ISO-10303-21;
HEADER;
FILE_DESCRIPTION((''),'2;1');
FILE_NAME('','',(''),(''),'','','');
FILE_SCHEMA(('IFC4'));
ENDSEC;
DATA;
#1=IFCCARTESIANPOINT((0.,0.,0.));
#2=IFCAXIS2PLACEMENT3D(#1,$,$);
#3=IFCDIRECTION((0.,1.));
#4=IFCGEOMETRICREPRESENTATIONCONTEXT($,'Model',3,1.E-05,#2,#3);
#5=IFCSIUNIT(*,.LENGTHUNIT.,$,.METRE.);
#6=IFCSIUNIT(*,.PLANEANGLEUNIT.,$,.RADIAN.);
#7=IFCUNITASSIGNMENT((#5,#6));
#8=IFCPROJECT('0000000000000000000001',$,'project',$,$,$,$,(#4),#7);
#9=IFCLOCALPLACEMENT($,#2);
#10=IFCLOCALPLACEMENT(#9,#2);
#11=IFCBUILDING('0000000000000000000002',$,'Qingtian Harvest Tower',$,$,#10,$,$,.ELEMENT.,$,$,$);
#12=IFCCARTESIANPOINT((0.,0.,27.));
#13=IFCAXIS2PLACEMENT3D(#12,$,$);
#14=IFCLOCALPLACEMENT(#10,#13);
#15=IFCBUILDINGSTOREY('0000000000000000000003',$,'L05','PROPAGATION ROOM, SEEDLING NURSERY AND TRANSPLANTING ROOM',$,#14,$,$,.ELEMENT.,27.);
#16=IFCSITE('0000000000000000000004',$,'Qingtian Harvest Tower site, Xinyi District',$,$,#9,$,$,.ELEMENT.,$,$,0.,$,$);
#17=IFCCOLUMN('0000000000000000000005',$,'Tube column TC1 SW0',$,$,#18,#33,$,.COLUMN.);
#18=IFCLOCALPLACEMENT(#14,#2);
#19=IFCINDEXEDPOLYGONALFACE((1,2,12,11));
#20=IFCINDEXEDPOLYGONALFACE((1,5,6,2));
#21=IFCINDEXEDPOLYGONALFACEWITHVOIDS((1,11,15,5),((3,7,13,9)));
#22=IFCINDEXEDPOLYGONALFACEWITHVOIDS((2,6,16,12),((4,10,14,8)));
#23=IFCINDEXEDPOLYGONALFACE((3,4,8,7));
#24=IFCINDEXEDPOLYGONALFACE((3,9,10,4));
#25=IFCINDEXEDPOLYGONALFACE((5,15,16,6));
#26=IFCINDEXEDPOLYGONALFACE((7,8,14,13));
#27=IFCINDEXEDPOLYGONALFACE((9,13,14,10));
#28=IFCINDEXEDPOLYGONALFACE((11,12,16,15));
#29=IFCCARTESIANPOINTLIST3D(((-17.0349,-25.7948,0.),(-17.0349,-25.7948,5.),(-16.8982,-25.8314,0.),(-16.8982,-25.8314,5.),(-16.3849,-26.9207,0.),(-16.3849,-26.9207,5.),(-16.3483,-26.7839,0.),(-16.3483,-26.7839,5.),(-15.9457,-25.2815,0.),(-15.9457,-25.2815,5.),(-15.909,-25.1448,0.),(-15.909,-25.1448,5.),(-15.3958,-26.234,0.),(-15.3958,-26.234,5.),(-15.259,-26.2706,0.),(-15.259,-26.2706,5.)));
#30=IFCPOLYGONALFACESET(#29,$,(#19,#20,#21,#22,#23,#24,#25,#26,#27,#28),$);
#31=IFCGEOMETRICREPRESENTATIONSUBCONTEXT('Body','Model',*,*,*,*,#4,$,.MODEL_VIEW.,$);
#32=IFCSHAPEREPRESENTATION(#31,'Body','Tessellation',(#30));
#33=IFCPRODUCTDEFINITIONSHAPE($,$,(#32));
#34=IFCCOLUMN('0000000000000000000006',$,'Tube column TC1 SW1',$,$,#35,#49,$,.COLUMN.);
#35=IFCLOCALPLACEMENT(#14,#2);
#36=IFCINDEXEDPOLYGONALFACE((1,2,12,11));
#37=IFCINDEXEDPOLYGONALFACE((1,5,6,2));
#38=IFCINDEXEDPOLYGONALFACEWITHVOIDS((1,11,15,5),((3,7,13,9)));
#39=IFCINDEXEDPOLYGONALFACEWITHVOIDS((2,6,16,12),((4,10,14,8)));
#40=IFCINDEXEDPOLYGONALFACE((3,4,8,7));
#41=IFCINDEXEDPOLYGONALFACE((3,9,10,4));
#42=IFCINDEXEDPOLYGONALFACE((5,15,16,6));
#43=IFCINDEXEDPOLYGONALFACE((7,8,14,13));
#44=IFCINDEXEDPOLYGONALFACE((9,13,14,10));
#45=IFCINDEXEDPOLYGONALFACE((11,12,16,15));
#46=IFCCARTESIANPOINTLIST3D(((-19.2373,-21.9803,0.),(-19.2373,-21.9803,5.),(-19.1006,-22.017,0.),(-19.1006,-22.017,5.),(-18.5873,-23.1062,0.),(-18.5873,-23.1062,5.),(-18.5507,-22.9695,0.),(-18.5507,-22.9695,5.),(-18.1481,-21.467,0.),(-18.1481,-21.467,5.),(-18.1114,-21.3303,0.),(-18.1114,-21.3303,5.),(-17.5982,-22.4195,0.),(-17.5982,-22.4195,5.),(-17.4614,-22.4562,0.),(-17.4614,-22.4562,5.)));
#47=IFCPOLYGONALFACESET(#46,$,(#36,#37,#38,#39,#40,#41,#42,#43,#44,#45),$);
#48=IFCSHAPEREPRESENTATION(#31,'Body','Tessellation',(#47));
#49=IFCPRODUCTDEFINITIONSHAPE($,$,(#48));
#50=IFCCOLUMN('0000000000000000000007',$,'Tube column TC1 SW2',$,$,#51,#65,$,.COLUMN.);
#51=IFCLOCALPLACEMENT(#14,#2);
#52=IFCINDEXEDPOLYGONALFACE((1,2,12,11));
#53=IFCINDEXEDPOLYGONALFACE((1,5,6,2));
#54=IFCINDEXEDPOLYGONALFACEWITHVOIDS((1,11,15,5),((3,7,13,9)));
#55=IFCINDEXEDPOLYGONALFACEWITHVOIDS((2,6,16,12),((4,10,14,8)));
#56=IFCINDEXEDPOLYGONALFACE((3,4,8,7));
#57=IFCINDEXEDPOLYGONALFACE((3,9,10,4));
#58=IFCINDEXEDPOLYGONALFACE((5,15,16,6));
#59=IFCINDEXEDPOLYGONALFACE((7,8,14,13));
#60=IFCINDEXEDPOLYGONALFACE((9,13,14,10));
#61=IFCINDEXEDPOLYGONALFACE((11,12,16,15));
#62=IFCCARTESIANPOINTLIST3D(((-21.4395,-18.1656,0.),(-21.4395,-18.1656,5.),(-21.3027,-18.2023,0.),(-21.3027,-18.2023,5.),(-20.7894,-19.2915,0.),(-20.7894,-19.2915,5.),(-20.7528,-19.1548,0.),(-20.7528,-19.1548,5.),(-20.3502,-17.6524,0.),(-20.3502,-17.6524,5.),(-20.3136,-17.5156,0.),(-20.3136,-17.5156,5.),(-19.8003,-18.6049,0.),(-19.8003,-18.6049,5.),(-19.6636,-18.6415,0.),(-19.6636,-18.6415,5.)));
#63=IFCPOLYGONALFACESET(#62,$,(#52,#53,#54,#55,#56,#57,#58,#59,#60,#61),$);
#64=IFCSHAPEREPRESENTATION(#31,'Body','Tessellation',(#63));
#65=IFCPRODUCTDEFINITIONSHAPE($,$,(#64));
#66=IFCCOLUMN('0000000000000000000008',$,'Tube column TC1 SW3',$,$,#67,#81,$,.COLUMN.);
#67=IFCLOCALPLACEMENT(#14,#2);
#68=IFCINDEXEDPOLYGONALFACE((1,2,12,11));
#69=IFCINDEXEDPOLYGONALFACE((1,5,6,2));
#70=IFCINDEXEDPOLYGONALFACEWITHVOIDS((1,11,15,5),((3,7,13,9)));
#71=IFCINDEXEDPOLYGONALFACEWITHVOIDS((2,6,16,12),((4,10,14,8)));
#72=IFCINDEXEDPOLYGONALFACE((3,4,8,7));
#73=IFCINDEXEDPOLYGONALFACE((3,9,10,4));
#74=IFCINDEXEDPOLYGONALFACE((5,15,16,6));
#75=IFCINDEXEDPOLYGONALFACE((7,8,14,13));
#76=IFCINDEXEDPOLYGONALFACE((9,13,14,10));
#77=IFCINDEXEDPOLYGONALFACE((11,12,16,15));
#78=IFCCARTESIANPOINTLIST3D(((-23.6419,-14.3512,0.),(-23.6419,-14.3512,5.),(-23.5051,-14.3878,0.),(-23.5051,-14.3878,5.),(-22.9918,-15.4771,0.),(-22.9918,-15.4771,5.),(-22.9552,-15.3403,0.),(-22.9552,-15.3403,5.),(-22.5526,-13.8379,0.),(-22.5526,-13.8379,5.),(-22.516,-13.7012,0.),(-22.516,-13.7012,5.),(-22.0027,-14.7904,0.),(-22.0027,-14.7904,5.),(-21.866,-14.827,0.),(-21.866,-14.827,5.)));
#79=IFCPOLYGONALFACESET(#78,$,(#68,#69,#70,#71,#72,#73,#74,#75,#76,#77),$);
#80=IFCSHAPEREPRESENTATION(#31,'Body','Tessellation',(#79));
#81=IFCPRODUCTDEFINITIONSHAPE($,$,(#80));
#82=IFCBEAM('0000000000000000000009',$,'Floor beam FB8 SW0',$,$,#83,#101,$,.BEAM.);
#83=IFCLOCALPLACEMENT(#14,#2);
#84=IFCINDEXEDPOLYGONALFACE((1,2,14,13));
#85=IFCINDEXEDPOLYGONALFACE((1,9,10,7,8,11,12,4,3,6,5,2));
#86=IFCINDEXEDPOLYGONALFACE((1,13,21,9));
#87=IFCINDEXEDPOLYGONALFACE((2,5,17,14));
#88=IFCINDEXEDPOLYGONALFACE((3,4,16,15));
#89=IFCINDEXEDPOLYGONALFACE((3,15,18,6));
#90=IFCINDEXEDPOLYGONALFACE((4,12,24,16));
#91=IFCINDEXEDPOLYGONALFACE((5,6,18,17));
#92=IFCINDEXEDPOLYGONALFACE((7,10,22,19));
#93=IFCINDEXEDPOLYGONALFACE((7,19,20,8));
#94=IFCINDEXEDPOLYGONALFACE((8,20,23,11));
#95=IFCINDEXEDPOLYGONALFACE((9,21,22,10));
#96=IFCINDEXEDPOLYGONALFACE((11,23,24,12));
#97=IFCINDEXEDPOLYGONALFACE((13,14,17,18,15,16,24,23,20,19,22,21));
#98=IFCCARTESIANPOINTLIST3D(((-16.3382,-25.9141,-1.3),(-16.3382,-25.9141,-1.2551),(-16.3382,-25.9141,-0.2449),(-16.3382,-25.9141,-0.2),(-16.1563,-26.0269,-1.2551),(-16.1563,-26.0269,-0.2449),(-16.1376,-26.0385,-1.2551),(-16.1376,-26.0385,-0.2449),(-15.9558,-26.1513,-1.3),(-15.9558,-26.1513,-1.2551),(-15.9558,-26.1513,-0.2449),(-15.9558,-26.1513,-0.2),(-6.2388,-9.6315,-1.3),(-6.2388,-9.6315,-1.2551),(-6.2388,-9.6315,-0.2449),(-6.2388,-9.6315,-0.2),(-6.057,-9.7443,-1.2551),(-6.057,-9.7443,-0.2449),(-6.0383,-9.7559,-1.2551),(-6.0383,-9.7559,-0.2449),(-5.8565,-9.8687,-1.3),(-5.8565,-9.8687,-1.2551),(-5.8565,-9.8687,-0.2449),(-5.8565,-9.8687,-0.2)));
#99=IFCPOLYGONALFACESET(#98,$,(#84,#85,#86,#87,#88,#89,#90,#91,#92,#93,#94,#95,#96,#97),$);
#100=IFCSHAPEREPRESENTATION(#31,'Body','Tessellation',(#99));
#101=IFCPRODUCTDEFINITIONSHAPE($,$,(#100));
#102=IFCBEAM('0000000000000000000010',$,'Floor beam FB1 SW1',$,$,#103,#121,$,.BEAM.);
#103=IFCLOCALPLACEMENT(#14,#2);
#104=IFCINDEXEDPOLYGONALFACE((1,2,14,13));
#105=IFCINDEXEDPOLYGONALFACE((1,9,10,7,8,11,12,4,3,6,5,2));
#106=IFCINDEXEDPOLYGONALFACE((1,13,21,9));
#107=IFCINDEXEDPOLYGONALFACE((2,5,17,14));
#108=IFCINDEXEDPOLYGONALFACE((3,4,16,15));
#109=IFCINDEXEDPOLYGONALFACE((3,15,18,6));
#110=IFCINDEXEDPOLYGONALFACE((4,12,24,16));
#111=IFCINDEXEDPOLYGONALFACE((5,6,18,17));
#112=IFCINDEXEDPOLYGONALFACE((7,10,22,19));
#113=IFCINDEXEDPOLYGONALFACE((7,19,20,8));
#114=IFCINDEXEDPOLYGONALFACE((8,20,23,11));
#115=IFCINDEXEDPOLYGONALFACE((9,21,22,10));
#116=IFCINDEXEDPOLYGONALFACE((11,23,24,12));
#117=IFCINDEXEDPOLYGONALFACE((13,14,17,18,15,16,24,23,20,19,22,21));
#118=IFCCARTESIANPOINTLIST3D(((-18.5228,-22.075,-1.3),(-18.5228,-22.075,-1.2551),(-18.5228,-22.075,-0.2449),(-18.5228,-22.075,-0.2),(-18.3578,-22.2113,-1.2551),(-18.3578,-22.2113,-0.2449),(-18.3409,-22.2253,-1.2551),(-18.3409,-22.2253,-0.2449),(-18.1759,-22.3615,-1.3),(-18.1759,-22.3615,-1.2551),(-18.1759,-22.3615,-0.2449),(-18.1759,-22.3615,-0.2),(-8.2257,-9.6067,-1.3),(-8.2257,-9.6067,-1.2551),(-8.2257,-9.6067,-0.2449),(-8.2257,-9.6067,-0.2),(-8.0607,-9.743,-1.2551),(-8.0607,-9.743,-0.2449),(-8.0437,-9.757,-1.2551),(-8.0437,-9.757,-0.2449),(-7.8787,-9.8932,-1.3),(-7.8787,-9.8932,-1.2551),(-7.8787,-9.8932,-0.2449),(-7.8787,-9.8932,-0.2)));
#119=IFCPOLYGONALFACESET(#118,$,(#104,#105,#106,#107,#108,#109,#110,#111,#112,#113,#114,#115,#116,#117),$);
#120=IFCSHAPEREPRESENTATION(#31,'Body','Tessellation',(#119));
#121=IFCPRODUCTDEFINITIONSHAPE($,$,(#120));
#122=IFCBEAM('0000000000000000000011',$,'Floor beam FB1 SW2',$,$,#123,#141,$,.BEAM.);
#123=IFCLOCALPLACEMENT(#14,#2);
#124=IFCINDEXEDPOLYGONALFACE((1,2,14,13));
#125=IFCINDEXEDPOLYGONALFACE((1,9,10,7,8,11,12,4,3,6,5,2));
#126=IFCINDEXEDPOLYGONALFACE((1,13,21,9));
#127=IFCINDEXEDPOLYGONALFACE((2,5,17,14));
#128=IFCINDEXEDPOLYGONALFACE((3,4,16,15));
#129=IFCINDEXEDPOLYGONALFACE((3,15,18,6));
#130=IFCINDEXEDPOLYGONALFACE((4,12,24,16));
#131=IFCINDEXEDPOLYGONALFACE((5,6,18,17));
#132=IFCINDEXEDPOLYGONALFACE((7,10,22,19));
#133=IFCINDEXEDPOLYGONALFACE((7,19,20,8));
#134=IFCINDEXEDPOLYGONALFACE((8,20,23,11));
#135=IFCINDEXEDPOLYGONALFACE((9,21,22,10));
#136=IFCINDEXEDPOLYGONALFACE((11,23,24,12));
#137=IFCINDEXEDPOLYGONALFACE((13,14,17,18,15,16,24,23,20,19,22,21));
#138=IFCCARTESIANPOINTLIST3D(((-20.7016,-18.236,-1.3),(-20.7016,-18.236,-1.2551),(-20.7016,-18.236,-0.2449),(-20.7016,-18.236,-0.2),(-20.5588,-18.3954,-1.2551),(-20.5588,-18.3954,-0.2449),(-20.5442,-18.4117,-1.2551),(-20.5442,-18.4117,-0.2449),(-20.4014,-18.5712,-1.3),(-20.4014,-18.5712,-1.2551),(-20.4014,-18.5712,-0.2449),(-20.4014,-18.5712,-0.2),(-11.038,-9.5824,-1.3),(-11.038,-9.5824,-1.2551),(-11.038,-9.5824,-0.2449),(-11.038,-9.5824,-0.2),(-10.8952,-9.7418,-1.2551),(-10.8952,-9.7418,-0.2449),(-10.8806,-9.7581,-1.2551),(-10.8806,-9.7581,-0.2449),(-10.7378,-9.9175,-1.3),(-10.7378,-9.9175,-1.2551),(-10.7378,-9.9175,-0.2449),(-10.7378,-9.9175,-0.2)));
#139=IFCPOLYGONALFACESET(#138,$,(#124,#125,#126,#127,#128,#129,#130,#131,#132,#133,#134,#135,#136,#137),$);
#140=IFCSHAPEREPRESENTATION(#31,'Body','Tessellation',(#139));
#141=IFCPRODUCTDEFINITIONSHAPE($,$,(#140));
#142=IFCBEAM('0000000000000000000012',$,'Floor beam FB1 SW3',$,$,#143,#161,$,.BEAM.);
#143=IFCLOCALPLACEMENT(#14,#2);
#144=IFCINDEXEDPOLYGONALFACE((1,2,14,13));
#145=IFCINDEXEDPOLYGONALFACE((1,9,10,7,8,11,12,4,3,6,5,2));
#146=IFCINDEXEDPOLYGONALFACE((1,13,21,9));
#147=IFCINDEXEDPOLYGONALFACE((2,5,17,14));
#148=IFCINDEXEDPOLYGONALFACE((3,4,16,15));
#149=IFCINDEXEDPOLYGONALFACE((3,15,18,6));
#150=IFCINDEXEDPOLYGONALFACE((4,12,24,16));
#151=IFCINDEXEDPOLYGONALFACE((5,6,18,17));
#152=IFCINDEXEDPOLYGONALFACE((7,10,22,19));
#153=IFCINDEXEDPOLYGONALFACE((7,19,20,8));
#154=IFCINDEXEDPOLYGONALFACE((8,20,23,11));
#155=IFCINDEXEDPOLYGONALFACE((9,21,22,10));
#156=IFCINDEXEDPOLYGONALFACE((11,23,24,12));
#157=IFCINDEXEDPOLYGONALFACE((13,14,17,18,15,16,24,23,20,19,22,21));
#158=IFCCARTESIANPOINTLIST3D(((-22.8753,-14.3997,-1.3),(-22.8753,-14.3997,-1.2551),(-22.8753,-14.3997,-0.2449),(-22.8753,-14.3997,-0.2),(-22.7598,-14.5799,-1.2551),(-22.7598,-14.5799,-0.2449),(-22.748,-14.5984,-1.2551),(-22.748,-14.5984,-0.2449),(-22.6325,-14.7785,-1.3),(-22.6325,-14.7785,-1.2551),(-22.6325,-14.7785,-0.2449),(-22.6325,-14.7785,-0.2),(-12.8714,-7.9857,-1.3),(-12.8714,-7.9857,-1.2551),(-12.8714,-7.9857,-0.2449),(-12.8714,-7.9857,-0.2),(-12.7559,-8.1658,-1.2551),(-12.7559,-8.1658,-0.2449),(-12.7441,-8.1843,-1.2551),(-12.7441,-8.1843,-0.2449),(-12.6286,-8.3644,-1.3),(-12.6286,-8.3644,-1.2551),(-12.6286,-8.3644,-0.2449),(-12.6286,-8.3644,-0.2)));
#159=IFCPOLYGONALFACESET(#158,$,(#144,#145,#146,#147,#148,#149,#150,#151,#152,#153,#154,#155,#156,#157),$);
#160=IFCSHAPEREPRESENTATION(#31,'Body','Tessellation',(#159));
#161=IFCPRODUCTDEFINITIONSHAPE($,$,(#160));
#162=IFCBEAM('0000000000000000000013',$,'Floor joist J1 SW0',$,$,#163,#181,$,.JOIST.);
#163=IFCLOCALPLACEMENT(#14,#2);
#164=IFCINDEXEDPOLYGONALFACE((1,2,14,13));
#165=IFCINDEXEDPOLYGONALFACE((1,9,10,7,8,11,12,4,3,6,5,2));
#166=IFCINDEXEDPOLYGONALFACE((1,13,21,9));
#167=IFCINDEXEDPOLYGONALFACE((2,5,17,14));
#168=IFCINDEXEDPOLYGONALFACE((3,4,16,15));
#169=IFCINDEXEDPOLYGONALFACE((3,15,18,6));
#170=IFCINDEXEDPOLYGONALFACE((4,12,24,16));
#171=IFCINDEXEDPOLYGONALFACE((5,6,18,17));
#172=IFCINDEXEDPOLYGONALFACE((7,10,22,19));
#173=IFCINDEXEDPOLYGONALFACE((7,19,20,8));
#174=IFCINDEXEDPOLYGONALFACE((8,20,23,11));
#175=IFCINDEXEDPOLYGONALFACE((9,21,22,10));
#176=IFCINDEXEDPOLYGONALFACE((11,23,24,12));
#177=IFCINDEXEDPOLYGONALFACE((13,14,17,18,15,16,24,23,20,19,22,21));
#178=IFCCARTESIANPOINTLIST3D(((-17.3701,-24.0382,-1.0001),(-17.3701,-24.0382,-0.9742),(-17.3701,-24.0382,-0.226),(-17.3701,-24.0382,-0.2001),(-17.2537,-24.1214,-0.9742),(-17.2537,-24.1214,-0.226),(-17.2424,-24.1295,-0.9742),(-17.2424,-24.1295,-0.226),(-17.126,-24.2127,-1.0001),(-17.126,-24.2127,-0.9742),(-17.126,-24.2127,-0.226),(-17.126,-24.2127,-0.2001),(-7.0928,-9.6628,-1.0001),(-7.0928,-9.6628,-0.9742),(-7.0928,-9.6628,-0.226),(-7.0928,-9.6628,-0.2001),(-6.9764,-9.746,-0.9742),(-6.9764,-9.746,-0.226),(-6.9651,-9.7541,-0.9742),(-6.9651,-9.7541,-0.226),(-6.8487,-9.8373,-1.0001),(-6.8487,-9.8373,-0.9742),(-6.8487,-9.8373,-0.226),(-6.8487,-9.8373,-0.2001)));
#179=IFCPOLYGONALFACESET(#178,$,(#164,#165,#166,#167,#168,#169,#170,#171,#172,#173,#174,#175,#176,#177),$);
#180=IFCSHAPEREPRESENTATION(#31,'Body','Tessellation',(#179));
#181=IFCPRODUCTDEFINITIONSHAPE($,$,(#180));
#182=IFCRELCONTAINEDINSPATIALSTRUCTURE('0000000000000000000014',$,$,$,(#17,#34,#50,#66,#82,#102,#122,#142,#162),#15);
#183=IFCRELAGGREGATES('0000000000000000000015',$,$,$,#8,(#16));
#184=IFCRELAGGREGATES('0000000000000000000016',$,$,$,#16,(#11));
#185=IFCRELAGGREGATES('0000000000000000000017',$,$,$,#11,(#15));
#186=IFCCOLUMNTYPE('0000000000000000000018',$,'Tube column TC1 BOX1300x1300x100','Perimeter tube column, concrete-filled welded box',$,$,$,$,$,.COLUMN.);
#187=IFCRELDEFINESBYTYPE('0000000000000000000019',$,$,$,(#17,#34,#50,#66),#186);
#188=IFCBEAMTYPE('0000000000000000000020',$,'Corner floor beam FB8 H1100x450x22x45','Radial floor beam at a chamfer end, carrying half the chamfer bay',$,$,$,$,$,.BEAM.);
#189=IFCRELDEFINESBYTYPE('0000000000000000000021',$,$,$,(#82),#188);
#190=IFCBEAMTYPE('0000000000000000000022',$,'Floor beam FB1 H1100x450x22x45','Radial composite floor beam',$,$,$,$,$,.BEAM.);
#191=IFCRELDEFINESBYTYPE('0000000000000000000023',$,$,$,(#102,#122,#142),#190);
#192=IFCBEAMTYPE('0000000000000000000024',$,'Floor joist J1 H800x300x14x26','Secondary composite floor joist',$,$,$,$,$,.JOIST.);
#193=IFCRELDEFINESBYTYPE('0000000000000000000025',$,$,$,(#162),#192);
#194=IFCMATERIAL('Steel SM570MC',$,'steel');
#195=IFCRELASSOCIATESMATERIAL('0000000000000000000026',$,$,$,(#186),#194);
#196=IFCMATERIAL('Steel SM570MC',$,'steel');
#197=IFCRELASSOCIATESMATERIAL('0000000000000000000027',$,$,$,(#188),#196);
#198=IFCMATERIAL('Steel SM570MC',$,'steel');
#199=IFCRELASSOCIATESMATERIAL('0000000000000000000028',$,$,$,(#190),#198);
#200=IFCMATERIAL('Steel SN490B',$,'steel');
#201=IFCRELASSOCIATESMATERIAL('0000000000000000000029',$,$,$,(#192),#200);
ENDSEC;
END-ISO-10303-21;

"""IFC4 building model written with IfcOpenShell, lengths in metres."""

from ifc_helpers import new_model, si_unit, direction, frame, origin, origin_2d, place, context, subcontext, project, spatial, hollow_rectangle, i_section, extrude, material, material_profile, profile_set, type_object, element, save


model = new_model("IFC4")

# Units and contexts
model_context = context("Model", 3, precision=1e-05, world=origin(), true_north=direction((0.0, 1.0)))
body_context = subcontext(model_context, "Body", "Model", "MODEL_VIEW")
ifc_project = project(units=[si_unit("LENGTHUNIT", "METRE"), si_unit("PLANEANGLEUNIT", "RADIAN")], contexts=[model_context])

# Site, building, storey
site_placement = place(None, origin())
site = spatial("IfcSite", under=ifc_project, at=site_placement, Name="Qingtian Harvest Tower site, Xinyi District", CompositionType="ELEMENT", RefElevation=0.0)
building_placement = place(site_placement, origin())
building = spatial("IfcBuilding", under=site, at=building_placement, Name="Qingtian Harvest Tower", CompositionType="ELEMENT")
storey_placement = place(building_placement, frame((0.0, 0.0, 27.0)))
storey = spatial("IfcBuildingStorey", under=building, at=storey_placement, Name="L05", Description="PROPAGATION ROOM, SEEDLING NURSERY AND TRANSPLANTING ROOM", CompositionType="ELEMENT", Elevation=27.0)

# Columns
ifc_material_1 = material(Name="Steel SM570MC", Category="steel")
ifc_material_profile_1 = material_profile(ifc_material_1, hollow_rectangle(XDim=1.3, YDim=1.3, WallThickness=0.1001, at=origin_2d()), Name="BOX1300x1300x100")
ifc_profile_set_1 = profile_set([ifc_material_profile_1], Name="Steel SM570MC")
column_type = type_object("IfcColumnType", Name="Tube column TC1 BOX1300x1300x100", Description="Perimeter tube column, concrete-filled welded box", PredefinedType="COLUMN", material=ifc_profile_set_1)
for number, where, z_axis, x_axis, name in (
    (1, (-16.147, -26.0327, 0.0), (0.0, 0.0, 1.0), (0.5, -0.866025, 0.0), "Tube column TC1 SW0"),
    (2, (-18.3494, -22.2183, 0.0), (0.0, 0.0, 1.0), (0.5, -0.866025, 0.0), "Tube column TC1 SW1"),
    (3, (-20.5515, -18.4036, 0.0), (0.0, 0.0, 1.0), (0.5, -0.866025, 0.0), "Tube column TC1 SW2"),
    (4, (-22.7539, -14.5891, 0.0), (0.0, 0.0, 1.0), (0.5, -0.866025, 0.0), "Tube column TC1 SW3"),
):
    element("IfcColumn", number, at=place(storey_placement, frame(where, z_axis=z_axis, x_axis=x_axis)), inside=storey, type_object=column_type, Name=name, PredefinedType="COLUMN", context=body_context, shape_type="SweptSolid", body=[
        extrude(hollow_rectangle(XDim=1.3, YDim=1.3, WallThickness=0.1001, at=origin_2d()), origin(), (0.0, 0.0, 1.0), 5.0),
    ])

# Beams
ifc_material_2 = material(Name="Steel SM570MC", Category="steel")
ifc_material_profile_2 = material_profile(ifc_material_2, i_section(OverallWidth=0.45, OverallDepth=1.1001, WebThickness=0.022, FlangeThickness=0.0449, at=origin_2d()), Name="H1100x450x22x45")
ifc_profile_set_2 = profile_set([ifc_material_profile_2], Name="Steel SM570MC")
beam_type_1 = type_object("IfcBeamType", Name="Corner floor beam FB8 H1100x450x22x45", Description="Radial floor beam at a chamfer end, carrying half the chamfer bay", PredefinedType="BEAM", material=ifc_profile_set_2)
beam_1_placement = place(storey_placement, frame((-16.147, -26.0327, -0.75), z_axis=(0.527094, 0.849807, 0.0), x_axis=(-0.849807, 0.527094, 0.0)))
element("IfcBeam", 5, at=beam_1_placement, inside=storey, type_object=beam_type_1, Name="Floor beam FB8 SW0", PredefinedType="BEAM", context=body_context, shape_type="SweptSolid", body=[
    extrude(i_section(OverallWidth=0.45, OverallDepth=1.1001, WebThickness=0.022, FlangeThickness=0.0449, at=origin_2d()), origin(), (0.0, 0.0, 1.0), 19.1604),
])
ifc_material_3 = material(Name="Steel SM570MC", Category="steel")
ifc_material_profile_3 = material_profile(ifc_material_3, i_section(OverallWidth=0.45, OverallDepth=1.1001, WebThickness=0.022, FlangeThickness=0.0449, at=origin_2d()), Name="H1100x450x22x45")
ifc_profile_set_3 = profile_set([ifc_material_profile_3], Name="Steel SM570MC")
beam_type_2 = type_object("IfcBeamType", Name="Floor beam FB1 H1100x450x22x45", Description="Radial composite floor beam", PredefinedType="BEAM", material=ifc_profile_set_3)
beam_2_placement = place(storey_placement, frame((-18.3494, -22.2183, -0.75), z_axis=(0.63678, 0.771045, 0.0), x_axis=(-0.771045, 0.63678, 0.0)))
element("IfcBeam", 6, at=beam_2_placement, inside=storey, type_object=beam_type_2, Name="Floor beam FB1 SW1", PredefinedType="BEAM", context=body_context, shape_type="SweptSolid", body=[
    extrude(i_section(OverallWidth=0.45, OverallDepth=1.1001, WebThickness=0.022, FlangeThickness=0.0449, at=origin_2d()), origin(), (0.0, 0.0, 1.0), 16.1707),
])
beam_3_placement = place(storey_placement, frame((-20.5515, -18.4036, -0.75), z_axis=(0.744965, 0.667103, 0.0), x_axis=(-0.667103, 0.744965, 0.0)))
element("IfcBeam", 7, at=beam_3_placement, inside=storey, type_object=beam_type_2, Name="Floor beam FB1 SW2", PredefinedType="BEAM", context=body_context, shape_type="SweptSolid", body=[
    extrude(i_section(OverallWidth=0.45, OverallDepth=1.1001, WebThickness=0.022, FlangeThickness=0.0449, at=origin_2d()), origin(), (0.0, 0.0, 1.0), 12.9719),
])
beam_4_placement = place(storey_placement, frame((-22.7539, -14.5891, -0.75), z_axis=(0.841829, 0.539744, 0.0), x_axis=(-0.539744, 0.841829, 0.0)))
element("IfcBeam", 8, at=beam_4_placement, inside=storey, type_object=beam_type_2, Name="Floor beam FB1 SW3", PredefinedType="BEAM", context=body_context, shape_type="SweptSolid", body=[
    extrude(i_section(OverallWidth=0.45, OverallDepth=1.1001, WebThickness=0.022, FlangeThickness=0.0449, at=origin_2d()), origin(), (0.0, 0.0, 1.0), 11.8835),
])
ifc_material_4 = material(Name="Steel SN490B", Category="steel")
ifc_material_profile_4 = material_profile(ifc_material_4, i_section(OverallWidth=0.3, OverallDepth=0.8, WebThickness=0.0139, FlangeThickness=0.0259, at=origin_2d()), Name="H800x300x14x26")
ifc_profile_set_4 = profile_set([ifc_material_profile_4], Name="Steel SN490B")
beam_type_3 = type_object("IfcBeamType", Name="Floor joist J1 H800x300x14x26", Description="Secondary composite floor joist", PredefinedType="JOIST", material=ifc_profile_set_4)
beam_5_placement = place(storey_placement, frame((-17.248, -24.1255, -0.6001), z_axis=(0.581581, 0.813489, 0.0), x_axis=(-0.813489, 0.581581, 0.0)))
element("IfcBeam", 9, at=beam_5_placement, inside=storey, type_object=beam_type_3, Name="Floor joist J1 SW0", PredefinedType="JOIST", context=body_context, shape_type="SweptSolid", body=[
    extrude(i_section(OverallWidth=0.3, OverallDepth=0.8, WebThickness=0.0139, FlangeThickness=0.0259, at=origin_2d()), origin(), (0.0, 0.0, 1.0), 17.6714),
])

save(model, "model.ifc")
